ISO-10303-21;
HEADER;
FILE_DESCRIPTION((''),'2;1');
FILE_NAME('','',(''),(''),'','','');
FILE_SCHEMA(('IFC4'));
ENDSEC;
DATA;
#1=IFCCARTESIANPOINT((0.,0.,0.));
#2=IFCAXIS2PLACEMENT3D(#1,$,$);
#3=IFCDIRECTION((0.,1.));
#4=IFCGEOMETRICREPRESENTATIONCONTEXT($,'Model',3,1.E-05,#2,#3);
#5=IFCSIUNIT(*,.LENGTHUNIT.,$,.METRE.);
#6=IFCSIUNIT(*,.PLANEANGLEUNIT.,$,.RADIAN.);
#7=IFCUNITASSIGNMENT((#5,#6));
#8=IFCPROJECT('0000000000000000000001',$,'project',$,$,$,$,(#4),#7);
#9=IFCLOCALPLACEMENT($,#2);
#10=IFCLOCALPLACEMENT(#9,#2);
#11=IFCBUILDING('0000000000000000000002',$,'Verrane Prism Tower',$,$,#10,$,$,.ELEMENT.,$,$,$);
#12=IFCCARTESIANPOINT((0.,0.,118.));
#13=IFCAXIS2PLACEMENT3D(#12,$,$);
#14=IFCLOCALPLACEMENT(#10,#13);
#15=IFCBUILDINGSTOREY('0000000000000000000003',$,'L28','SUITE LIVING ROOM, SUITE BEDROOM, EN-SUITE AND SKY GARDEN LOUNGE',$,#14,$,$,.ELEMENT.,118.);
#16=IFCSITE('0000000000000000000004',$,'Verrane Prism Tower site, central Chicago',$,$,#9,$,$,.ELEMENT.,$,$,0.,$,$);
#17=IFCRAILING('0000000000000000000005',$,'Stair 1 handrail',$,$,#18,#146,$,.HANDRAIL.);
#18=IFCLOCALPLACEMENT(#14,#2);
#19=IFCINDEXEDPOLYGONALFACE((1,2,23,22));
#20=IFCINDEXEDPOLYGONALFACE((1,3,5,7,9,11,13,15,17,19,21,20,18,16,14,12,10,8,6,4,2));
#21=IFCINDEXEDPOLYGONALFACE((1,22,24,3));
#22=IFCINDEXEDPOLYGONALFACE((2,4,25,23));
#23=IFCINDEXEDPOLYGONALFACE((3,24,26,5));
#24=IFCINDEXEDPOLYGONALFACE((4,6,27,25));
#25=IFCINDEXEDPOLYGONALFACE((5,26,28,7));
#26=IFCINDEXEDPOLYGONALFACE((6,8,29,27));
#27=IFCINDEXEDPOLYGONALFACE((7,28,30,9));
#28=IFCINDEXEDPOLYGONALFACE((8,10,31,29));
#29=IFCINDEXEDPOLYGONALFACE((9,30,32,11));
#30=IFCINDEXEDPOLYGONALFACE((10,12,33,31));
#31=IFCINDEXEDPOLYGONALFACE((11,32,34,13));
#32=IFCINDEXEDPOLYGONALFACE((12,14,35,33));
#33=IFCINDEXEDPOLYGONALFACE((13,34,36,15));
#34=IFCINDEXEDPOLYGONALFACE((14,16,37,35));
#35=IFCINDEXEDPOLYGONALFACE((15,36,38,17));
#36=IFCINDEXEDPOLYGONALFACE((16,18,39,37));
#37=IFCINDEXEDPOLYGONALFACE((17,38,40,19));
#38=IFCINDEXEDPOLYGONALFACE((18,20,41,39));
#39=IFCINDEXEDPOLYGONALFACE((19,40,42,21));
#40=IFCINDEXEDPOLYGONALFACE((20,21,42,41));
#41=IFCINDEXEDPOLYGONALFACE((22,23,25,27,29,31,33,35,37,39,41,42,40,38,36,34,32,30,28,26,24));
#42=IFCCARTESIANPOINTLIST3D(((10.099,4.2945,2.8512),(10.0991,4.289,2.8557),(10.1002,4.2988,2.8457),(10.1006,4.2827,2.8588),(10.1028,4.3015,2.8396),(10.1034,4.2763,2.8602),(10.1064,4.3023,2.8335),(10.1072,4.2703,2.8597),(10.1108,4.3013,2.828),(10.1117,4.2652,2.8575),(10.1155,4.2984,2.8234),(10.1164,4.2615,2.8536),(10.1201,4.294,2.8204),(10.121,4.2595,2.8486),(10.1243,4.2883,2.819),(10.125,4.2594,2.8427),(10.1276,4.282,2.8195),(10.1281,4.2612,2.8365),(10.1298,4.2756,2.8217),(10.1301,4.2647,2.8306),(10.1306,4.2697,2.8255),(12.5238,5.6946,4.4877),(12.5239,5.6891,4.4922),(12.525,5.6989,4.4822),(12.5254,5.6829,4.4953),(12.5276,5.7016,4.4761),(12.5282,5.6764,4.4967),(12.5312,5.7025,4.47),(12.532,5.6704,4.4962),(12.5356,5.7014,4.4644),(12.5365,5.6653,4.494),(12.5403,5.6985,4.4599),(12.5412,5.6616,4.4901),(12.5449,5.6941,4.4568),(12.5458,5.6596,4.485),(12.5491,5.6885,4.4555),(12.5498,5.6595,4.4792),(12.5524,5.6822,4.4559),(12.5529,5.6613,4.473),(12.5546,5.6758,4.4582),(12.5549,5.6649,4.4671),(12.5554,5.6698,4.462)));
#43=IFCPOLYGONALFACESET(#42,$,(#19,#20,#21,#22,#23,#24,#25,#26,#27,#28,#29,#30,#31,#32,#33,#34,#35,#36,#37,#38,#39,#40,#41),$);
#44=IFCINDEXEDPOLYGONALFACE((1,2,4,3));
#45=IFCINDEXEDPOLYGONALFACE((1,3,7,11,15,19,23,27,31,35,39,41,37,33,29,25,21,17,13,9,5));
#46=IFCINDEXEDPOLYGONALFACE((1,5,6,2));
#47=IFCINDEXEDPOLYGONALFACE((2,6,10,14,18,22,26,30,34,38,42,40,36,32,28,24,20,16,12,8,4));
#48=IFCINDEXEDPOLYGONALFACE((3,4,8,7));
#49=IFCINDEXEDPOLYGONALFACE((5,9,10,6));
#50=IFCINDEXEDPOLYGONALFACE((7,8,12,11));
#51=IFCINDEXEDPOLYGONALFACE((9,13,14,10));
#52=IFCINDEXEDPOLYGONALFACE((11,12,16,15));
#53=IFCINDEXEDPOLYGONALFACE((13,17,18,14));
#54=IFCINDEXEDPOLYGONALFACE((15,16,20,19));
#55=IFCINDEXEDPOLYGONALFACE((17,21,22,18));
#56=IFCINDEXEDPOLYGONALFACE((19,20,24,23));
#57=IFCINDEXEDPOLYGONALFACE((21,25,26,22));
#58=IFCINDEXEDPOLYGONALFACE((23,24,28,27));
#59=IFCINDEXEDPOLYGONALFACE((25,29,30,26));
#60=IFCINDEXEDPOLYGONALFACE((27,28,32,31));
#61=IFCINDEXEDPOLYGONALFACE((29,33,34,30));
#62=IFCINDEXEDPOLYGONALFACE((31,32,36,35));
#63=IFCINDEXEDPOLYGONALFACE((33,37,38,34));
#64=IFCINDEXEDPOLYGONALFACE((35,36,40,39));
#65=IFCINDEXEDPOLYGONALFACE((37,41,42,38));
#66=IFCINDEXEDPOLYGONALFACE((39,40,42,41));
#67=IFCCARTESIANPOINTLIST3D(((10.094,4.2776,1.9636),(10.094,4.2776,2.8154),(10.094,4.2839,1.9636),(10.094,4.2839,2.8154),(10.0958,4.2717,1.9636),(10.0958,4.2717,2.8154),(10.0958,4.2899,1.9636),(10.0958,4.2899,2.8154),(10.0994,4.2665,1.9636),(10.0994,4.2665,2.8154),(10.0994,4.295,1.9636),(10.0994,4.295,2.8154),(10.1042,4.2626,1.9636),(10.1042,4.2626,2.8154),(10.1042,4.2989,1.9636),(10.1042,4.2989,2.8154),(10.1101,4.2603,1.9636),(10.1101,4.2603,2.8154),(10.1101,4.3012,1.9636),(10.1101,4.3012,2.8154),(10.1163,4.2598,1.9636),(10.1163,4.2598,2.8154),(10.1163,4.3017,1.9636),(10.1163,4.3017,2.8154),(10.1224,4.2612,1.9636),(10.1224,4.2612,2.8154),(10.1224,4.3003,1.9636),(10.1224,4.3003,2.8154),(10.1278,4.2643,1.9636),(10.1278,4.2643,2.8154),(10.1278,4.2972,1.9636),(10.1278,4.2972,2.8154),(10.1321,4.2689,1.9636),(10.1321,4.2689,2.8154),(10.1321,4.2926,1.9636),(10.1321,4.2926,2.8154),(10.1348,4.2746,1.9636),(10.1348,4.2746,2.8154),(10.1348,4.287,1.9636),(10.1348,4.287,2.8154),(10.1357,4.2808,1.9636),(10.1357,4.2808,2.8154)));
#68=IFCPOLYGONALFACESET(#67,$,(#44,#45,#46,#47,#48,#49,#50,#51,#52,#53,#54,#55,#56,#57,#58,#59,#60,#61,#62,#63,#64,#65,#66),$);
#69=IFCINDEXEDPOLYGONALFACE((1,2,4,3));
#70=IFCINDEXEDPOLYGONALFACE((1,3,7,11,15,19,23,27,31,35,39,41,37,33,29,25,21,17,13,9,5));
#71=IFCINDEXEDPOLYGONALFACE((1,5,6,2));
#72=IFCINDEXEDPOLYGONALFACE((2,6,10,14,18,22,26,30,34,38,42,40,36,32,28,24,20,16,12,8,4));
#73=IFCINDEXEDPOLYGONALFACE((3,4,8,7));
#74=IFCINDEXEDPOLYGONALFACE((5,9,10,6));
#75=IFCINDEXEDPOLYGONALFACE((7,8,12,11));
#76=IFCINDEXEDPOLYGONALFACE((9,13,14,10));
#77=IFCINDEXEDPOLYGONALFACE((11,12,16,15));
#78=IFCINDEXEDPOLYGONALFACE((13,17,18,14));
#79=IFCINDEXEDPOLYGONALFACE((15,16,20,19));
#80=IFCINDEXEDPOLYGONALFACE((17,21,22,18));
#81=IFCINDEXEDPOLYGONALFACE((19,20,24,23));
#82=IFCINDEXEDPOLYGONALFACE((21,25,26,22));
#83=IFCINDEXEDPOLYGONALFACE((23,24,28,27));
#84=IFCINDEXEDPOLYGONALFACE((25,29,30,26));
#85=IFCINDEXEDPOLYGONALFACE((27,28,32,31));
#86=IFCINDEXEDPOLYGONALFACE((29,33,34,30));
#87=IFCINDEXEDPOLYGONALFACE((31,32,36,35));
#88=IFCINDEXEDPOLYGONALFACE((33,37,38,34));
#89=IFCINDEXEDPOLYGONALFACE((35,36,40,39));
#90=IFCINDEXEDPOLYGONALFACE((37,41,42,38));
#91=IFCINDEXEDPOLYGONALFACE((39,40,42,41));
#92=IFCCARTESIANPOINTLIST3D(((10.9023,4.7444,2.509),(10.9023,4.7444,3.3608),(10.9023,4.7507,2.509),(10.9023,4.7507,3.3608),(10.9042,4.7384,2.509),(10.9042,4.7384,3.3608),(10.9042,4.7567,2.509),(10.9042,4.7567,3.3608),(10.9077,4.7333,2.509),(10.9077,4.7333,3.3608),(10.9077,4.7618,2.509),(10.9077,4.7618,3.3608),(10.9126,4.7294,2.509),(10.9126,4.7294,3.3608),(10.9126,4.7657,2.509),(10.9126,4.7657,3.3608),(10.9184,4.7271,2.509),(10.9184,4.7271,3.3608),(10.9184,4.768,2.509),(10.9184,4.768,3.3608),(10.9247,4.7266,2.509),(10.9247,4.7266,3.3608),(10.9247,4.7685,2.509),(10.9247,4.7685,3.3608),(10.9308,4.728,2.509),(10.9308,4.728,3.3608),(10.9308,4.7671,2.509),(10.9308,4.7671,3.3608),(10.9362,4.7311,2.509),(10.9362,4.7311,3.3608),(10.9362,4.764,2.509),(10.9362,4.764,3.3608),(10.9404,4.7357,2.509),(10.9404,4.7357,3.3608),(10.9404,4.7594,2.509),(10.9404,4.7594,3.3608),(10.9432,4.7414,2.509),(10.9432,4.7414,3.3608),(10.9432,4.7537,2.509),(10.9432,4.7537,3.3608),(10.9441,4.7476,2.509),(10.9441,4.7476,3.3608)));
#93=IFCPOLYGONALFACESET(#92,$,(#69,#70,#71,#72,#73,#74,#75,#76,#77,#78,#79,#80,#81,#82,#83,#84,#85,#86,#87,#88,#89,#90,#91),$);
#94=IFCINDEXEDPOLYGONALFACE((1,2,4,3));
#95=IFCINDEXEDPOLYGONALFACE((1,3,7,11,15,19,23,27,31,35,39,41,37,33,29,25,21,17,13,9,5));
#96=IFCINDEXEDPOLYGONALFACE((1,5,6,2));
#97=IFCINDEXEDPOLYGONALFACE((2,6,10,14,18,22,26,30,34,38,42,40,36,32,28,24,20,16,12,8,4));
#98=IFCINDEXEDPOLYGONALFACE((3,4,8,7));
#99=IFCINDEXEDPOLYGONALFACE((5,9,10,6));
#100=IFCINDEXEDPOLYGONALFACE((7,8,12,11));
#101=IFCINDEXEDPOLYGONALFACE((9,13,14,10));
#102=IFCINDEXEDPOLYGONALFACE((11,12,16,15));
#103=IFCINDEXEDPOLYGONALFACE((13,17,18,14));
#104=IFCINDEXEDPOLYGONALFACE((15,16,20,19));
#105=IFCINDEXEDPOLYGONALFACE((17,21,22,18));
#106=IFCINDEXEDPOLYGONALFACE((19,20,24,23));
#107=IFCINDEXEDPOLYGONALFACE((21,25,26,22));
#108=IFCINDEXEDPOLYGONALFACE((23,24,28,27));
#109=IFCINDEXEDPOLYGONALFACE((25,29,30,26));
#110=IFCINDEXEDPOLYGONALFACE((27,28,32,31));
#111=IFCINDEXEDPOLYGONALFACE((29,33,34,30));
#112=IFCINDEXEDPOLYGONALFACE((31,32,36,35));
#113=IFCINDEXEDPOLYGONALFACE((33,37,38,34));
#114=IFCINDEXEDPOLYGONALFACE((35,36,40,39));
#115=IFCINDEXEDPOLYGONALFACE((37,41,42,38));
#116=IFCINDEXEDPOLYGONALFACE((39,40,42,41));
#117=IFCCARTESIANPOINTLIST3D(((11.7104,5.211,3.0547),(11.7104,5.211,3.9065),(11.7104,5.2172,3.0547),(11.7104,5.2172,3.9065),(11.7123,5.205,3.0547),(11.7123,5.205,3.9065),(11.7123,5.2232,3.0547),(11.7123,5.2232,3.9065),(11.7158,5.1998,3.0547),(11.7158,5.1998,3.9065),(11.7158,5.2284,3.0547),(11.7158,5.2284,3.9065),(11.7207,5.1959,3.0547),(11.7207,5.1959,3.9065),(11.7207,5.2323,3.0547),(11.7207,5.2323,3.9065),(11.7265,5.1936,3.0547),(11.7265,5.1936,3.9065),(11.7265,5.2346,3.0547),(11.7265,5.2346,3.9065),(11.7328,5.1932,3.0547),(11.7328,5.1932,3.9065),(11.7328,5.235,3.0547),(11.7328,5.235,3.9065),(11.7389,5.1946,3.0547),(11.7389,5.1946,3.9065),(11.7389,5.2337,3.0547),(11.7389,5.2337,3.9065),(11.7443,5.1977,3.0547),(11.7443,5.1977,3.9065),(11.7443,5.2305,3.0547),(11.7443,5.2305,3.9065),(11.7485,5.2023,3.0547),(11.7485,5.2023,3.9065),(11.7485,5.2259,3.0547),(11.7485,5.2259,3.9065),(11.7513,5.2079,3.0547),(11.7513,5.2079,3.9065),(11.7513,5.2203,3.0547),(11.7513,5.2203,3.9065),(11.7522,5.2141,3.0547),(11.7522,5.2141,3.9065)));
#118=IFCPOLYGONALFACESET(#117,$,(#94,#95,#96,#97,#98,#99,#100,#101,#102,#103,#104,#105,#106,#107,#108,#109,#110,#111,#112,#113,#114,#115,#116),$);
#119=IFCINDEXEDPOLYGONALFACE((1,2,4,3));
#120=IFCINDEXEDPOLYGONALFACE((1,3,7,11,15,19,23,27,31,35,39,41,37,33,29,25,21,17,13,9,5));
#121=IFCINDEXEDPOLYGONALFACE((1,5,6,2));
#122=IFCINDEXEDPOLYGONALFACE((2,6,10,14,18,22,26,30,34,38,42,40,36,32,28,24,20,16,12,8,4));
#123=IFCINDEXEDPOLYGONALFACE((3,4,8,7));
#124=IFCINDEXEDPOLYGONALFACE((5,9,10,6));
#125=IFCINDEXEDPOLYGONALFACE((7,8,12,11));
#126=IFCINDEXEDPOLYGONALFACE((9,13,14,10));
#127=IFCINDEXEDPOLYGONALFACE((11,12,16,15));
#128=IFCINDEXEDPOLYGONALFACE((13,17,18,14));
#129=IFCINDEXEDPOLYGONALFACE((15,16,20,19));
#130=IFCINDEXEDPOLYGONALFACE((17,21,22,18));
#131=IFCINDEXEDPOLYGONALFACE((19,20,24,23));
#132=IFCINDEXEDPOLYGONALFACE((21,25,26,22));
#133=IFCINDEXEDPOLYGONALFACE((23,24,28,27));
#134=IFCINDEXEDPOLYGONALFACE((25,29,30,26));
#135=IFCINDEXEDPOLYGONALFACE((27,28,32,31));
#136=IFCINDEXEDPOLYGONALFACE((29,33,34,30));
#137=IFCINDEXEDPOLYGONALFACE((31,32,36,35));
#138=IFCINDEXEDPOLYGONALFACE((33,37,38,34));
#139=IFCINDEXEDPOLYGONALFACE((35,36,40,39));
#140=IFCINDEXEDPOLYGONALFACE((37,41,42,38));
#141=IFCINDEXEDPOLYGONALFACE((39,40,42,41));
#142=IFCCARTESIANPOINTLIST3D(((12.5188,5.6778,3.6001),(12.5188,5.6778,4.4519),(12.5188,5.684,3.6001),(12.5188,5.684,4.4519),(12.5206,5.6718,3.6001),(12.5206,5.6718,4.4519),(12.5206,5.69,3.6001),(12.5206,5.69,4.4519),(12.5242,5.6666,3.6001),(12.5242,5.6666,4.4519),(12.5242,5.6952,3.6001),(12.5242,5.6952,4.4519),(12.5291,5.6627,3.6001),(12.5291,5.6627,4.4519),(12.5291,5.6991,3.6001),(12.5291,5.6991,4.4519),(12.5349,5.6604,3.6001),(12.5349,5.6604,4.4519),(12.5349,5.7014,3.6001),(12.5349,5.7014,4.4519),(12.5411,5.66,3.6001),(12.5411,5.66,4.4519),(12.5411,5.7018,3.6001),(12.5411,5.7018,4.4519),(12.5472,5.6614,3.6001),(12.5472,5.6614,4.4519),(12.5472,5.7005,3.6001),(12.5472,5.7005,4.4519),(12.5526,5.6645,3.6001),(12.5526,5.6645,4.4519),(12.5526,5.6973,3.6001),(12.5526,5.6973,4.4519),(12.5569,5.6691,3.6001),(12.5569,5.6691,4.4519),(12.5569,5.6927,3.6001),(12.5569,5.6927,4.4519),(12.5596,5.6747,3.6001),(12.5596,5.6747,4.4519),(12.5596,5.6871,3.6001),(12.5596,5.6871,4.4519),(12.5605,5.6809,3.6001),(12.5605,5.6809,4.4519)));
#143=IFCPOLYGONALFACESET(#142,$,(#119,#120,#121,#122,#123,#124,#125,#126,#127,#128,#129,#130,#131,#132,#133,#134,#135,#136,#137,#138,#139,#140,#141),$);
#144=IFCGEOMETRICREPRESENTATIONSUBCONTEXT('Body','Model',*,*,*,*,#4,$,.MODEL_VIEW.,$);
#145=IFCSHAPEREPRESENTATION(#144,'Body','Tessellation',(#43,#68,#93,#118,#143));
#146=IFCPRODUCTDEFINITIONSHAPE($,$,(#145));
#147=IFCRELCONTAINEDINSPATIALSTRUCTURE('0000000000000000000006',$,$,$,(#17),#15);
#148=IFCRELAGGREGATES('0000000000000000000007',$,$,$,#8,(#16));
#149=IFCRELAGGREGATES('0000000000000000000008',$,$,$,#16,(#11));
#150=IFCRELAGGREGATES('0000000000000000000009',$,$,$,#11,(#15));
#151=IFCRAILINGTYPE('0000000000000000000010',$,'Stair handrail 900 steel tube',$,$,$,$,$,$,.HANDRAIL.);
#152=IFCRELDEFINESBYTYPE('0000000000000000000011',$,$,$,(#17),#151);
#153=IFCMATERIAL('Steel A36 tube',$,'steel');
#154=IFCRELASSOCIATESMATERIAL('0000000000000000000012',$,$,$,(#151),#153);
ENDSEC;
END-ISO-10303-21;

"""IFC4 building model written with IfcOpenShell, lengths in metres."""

from ifc_helpers import new_model, si_unit, direction, frame, origin, origin_2d, place, context, subcontext, project, spatial, circle, extrude, material, type_object, element, save


model = new_model("IFC4")

# Units and contexts
model_context = context("Model", 3, precision=1e-05, world=origin(), true_north=direction((0.0, 1.0)))
body_context = subcontext(model_context, "Body", "Model", "MODEL_VIEW")
ifc_project = project(units=[si_unit("LENGTHUNIT", "METRE"), si_unit("PLANEANGLEUNIT", "RADIAN")], contexts=[model_context])

# Site, building, storey
site_placement = place(None, origin())
site = spatial("IfcSite", under=ifc_project, at=site_placement, Name="Verrane Prism Tower site, central Chicago", CompositionType="ELEMENT", RefElevation=0.0)
building_placement = place(site_placement, origin())
building = spatial("IfcBuilding", under=site, at=building_placement, Name="Verrane Prism Tower", CompositionType="ELEMENT")
storey_placement = place(building_placement, frame((0.0, 0.0, 118.0)))
storey = spatial("IfcBuildingStorey", under=building, at=storey_placement, Name="L28", Description="SUITE LIVING ROOM, SUITE BEDROOM, EN-SUITE AND SKY GARDEN LOUNGE", CompositionType="ELEMENT", Elevation=118.0)

# Railing
ifc_material_1 = material(Name="Steel A36 tube", Category="steel")
railing_type_1 = type_object("IfcRailingType", Name="Stair handrail 900 steel tube", PredefinedType="HANDRAIL", material=ifc_material_1)
railing_1_placement = place(storey_placement, frame((10.1147, 4.2808, 1.9636)))
element("IfcRailing", 1, at=railing_1_placement, inside=storey, type_object=railing_type_1, Name="Stair 1 handrail", PredefinedType="HANDRAIL", context=body_context, shape_type="SweptSolid", body=[
    extrude(circle(Radius=0.0239, at=origin_2d()), frame((0.0, 0.0, 0.876), z_axis=(0.747666, 0.431722, 0.504591), x_axis=(-0.50005, 0.865997, 0.0)), (0.0, 0.0, 1.0), 3.2432),
    extrude(circle(Radius=0.021, at=origin_2d()), origin(), (0.0, 0.0, 1.0), 0.8518),
    extrude(circle(Radius=0.021, at=origin_2d()), frame((0.8083, 0.4668, 0.5454)), (0.0, 0.0, 1.0), 0.8518),
    extrude(circle(Radius=0.021, at=origin_2d()), frame((1.6165, 0.9333, 1.0911)), (0.0, 0.0, 1.0), 0.8518),
    extrude(circle(Radius=0.021, at=origin_2d()), frame((2.4248, 1.4001, 1.6365)), (0.0, 0.0, 1.0), 0.8518),
])

save(model, "model.ifc")
